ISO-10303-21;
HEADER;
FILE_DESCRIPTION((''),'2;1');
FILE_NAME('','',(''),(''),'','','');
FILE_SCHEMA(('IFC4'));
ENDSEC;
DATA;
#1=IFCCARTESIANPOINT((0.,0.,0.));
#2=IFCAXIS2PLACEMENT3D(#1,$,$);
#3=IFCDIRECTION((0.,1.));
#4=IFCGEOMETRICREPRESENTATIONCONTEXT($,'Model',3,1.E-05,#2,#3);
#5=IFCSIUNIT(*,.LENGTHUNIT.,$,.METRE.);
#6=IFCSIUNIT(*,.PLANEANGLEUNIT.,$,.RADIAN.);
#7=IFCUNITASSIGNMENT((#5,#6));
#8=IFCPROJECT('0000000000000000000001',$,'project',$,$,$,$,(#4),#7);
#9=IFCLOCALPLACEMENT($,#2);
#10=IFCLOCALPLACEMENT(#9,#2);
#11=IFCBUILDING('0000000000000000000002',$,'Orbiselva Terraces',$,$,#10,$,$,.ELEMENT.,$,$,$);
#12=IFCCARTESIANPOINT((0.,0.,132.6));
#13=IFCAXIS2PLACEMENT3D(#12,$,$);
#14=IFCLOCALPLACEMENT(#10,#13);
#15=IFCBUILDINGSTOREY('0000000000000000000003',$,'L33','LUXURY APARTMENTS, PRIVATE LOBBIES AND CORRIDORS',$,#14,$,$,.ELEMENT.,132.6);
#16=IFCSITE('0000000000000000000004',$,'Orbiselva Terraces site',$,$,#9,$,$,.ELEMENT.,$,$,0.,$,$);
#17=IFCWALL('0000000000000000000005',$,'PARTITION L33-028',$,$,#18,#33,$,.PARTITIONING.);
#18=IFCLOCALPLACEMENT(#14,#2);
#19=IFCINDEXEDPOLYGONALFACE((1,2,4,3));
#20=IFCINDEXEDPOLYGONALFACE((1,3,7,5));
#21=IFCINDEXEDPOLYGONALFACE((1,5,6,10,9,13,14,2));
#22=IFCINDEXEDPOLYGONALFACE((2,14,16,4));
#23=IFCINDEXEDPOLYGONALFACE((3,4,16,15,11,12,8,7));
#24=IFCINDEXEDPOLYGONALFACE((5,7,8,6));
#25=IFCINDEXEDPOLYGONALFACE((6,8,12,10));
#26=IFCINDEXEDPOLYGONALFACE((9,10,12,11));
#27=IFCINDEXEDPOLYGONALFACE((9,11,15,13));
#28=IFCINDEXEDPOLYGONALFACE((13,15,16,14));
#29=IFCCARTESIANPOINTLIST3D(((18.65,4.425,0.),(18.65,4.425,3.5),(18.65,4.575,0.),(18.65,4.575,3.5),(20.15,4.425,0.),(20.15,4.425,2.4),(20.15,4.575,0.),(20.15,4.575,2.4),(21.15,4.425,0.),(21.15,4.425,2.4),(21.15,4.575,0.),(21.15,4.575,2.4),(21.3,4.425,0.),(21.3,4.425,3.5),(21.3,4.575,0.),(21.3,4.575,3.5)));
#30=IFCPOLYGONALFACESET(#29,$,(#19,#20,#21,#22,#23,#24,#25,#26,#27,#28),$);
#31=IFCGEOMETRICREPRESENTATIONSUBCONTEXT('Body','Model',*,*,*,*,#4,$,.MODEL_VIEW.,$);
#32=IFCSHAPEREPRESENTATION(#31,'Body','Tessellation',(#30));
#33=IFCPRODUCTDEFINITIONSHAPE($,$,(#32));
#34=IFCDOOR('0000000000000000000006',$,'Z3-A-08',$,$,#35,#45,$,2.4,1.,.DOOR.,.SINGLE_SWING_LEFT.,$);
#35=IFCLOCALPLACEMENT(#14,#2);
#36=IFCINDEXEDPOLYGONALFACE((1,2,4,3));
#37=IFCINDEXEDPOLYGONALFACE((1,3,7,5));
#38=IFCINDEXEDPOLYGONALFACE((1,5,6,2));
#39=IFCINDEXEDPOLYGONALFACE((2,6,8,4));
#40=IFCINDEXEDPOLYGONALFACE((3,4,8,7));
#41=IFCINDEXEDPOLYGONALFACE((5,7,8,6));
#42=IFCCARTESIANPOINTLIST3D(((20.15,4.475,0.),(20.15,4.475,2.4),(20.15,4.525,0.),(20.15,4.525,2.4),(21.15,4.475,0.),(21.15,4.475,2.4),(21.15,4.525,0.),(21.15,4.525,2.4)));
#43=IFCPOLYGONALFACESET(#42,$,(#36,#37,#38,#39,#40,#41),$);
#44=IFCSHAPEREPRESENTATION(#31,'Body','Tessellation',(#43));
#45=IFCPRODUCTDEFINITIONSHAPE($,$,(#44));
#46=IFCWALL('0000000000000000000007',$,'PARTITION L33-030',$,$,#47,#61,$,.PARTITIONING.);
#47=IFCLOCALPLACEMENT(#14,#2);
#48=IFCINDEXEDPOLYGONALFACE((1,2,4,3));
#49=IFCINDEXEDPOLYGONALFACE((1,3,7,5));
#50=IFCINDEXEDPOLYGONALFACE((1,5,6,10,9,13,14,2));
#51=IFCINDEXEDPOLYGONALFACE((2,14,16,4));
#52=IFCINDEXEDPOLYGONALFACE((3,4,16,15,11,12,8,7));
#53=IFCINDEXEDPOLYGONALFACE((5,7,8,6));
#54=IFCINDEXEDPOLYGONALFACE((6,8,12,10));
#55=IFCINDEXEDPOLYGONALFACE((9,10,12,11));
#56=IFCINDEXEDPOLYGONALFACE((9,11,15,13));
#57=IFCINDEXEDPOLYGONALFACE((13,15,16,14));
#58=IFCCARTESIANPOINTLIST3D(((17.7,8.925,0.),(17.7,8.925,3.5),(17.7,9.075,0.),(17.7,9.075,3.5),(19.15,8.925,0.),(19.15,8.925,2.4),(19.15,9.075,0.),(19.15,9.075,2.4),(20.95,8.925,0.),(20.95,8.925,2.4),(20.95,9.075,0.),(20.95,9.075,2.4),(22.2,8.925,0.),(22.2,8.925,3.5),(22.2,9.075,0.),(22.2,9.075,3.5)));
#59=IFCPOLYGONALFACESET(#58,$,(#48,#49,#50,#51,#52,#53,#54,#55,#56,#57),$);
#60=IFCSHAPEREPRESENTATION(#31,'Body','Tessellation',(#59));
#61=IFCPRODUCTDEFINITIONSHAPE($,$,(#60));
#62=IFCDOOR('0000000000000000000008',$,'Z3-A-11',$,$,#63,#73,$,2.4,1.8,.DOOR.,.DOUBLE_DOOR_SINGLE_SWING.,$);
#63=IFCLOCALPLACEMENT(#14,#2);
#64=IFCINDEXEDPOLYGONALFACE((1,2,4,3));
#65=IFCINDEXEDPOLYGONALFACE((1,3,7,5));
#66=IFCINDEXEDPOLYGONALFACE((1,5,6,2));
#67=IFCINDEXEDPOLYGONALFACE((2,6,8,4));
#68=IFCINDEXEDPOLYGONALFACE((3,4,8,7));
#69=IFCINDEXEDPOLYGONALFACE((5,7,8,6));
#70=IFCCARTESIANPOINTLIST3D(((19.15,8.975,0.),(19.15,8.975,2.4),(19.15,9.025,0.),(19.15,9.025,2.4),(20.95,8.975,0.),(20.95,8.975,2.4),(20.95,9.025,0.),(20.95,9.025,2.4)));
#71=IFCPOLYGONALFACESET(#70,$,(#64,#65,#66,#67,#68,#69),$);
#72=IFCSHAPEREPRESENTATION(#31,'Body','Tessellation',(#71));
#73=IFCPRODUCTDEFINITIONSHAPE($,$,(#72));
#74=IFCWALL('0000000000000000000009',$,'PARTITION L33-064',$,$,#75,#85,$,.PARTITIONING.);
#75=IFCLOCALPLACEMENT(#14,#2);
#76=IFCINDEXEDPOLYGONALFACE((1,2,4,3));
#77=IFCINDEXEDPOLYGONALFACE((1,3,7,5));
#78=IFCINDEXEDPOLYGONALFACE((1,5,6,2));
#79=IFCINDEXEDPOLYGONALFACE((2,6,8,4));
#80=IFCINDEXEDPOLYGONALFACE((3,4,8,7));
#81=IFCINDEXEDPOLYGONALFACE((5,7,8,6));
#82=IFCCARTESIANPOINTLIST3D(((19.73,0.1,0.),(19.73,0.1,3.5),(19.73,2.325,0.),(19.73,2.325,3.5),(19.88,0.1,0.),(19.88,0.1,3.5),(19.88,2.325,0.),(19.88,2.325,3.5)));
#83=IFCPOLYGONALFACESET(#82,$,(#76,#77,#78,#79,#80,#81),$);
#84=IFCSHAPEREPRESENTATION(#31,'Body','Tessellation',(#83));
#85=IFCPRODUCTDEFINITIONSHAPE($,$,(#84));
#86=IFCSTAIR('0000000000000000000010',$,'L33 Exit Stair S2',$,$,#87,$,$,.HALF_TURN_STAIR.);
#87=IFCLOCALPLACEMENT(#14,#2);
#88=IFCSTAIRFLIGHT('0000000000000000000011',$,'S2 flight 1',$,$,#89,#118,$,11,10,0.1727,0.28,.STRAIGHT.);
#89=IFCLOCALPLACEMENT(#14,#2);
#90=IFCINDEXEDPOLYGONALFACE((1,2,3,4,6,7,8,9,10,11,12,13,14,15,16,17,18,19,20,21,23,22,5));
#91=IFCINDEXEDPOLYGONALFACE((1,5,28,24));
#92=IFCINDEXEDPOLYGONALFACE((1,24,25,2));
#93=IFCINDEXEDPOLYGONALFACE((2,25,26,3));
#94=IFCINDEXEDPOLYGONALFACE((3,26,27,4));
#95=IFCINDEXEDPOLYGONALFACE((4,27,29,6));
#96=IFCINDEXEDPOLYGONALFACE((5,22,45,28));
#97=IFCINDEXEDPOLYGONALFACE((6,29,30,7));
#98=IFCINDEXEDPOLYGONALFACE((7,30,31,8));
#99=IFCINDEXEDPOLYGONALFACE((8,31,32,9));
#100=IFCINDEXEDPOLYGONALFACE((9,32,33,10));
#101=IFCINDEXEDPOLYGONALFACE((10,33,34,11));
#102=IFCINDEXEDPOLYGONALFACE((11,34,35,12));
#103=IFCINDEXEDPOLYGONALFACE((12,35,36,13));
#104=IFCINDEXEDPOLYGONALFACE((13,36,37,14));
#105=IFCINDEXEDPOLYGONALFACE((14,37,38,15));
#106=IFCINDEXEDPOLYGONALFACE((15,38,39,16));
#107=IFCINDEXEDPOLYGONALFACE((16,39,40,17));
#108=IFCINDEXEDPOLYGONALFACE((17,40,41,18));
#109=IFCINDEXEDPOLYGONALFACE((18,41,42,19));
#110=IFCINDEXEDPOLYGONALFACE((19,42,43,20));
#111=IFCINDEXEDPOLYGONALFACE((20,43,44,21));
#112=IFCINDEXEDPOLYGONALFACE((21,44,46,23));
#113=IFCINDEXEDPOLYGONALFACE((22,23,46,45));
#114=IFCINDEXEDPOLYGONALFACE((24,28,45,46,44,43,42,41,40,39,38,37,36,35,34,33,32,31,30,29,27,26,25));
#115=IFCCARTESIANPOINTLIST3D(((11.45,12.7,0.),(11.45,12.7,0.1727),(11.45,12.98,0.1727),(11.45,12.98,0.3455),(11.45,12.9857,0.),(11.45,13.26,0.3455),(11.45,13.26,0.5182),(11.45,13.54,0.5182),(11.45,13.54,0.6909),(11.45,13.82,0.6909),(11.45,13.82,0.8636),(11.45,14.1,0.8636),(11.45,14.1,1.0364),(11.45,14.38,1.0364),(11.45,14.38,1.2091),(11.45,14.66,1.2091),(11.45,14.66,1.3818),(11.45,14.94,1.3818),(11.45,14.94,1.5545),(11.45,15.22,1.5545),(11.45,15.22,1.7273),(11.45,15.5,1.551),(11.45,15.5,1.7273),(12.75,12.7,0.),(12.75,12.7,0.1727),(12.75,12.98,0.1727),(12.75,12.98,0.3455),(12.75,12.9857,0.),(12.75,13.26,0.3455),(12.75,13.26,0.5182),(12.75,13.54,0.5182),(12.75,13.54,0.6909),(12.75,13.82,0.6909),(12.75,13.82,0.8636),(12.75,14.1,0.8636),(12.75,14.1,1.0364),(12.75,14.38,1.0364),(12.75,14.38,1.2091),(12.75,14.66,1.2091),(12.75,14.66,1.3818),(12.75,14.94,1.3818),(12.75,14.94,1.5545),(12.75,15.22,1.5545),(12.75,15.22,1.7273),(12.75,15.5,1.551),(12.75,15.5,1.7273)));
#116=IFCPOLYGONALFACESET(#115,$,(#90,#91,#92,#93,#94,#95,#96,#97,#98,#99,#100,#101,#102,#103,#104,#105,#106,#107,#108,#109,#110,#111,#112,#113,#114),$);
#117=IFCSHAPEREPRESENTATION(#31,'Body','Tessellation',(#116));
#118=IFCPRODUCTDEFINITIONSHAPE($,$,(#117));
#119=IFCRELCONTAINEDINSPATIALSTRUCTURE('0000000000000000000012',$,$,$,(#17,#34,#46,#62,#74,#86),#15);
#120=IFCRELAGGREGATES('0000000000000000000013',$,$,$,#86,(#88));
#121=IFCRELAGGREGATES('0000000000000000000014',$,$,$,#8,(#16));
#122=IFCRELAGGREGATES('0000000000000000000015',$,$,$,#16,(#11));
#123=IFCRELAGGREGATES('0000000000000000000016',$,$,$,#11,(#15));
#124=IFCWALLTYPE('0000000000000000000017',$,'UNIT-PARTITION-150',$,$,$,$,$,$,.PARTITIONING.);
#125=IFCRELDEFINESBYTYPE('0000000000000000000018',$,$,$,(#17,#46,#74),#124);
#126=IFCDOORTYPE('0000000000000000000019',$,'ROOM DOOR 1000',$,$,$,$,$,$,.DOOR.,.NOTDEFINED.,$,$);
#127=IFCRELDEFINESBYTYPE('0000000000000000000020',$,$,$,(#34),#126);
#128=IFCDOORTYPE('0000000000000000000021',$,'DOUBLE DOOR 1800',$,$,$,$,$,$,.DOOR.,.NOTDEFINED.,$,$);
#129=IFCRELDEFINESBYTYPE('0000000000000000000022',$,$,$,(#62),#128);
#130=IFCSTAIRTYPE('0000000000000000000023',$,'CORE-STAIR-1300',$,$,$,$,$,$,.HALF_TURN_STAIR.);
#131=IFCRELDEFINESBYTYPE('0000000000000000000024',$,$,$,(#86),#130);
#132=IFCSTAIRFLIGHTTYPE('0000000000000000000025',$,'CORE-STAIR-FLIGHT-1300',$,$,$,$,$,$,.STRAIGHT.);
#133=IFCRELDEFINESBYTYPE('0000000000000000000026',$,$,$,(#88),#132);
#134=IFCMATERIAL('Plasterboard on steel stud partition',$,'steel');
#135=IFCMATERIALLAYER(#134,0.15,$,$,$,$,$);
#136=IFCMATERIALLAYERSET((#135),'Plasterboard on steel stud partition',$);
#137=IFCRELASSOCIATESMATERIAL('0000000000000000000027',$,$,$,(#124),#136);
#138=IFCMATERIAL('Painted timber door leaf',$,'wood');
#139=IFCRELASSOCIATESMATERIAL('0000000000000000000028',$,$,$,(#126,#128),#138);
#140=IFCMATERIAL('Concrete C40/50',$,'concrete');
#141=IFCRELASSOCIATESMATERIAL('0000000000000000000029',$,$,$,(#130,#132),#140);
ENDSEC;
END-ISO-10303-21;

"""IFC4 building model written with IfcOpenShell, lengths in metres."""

from ifc_helpers import new_model, si_unit, direction, frame, frame_2d, origin, place, context, subcontext, project, spatial, polyline, rectangle, outline, extrude, material, layer, layer_set, type_object, element, fill, aggregate, save


model = new_model("IFC4")

# Units and contexts
model_context = context("Model", 3, precision=1e-05, world=origin(), true_north=direction((0.0, 1.0)))
body_context = subcontext(model_context, "Body", "Model", "MODEL_VIEW")
ifc_project = project(units=[si_unit("LENGTHUNIT", "METRE"), si_unit("PLANEANGLEUNIT", "RADIAN")], contexts=[model_context])

# Site, building, storey
site_placement = place(None, origin())
site = spatial("IfcSite", under=ifc_project, at=site_placement, Name="Orbiselva Terraces site", CompositionType="ELEMENT", RefElevation=0.0)
building_placement = place(site_placement, origin())
building = spatial("IfcBuilding", under=site, at=building_placement, Name="Orbiselva Terraces", CompositionType="ELEMENT")
storey_placement = place(building_placement, frame((0.0, 0.0, 132.6)))
storey = spatial("IfcBuildingStorey", under=building, at=storey_placement, Name="L33", Description="LUXURY APARTMENTS, PRIVATE LOBBIES AND CORRIDORS", CompositionType="ELEMENT", Elevation=132.6)

# Walls, openings, doors
ifc_material_1 = material(Name="Plasterboard on steel stud partition", Category="steel")
ifc_material_2 = material(Name="Painted timber door leaf", Category="wood")
ifc_layer_1 = layer(ifc_material_1, 0.15)
ifc_layer_set_1 = layer_set([ifc_layer_1], Name="Plasterboard on steel stud partition")
wall_type_1 = type_object("IfcWallType", Name="UNIT-PARTITION-150", PredefinedType="PARTITIONING", material=ifc_layer_set_1)
wall_1_placement = place(storey_placement, frame((21.3, 4.5, 0.0), z_axis=(0.0, 0.0, 1.0), x_axis=(-1.0, 0.0, 0.0)))
wall_1 = element("IfcWall", 1, at=wall_1_placement, inside=storey, type_object=wall_type_1, Name="PARTITION L33-028", PredefinedType="PARTITIONING", context=body_context, shape_type="SweptSolid", body=[
    extrude(rectangle(XDim=2.65, YDim=0.15, at=frame_2d((1.325, 0.0))), origin(), (0.0, 0.0, 1.0), 3.5),
])
opening_1_placement = place(wall_1_placement, frame((0.15, 0.0, 0.0)))
opening_1 = element("IfcOpeningElement", 2, at=opening_1_placement, cuts=wall_1, PredefinedType="OPENING", context=body_context, shape_type="SweptSolid", body=[
    extrude(rectangle(XDim=1.0, YDim=2.4, at=frame_2d((0.5, 1.2))), frame((0.0, 0.085, 0.0), z_axis=(0.0, -1.0, 0.0), x_axis=(1.0, 0.0, 0.0)), (0.0, 0.0, 1.0), 0.17),
])
door_type_1 = type_object("IfcDoorType", Name="ROOM DOOR 1000", OperationType="NOTDEFINED", PredefinedType="DOOR", material=ifc_material_2)
door_1_placement = place(opening_1_placement, origin())
door_1 = element("IfcDoor", 3, at=door_1_placement, inside=storey, type_object=door_type_1, Name="Z3-A-08", OperationType="SINGLE_SWING_LEFT", OverallHeight=2.4, OverallWidth=1.0, PredefinedType="DOOR", context=body_context, shape_type="SweptSolid", body=[
    extrude(rectangle(XDim=1.0, YDim=2.4, at=frame_2d((0.5, 1.2))), frame((0.0, 0.025, 0.0), z_axis=(0.0, -1.0, 0.0), x_axis=(1.0, 0.0, 0.0)), (0.0, 0.0, 1.0), 0.05),
])
fill(opening_1, door_1)
wall_2_placement = place(storey_placement, frame((17.7, 9.0, 0.0), z_axis=(0.0, 0.0, 1.0), x_axis=(1.0, 0.0, 0.0)))
wall_2 = element("IfcWall", 4, at=wall_2_placement, inside=storey, type_object=wall_type_1, Name="PARTITION L33-030", PredefinedType="PARTITIONING", context=body_context, shape_type="SweptSolid", body=[
    extrude(rectangle(XDim=4.5, YDim=0.15, at=frame_2d((2.25, 0.0))), origin(), (0.0, 0.0, 1.0), 3.5),
])
opening_2_placement = place(wall_2_placement, frame((1.45, 0.0, 0.0)))
opening_2 = element("IfcOpeningElement", 5, at=opening_2_placement, cuts=wall_2, PredefinedType="OPENING", context=body_context, shape_type="SweptSolid", body=[
    extrude(rectangle(XDim=1.8, YDim=2.4, at=frame_2d((0.9, 1.2))), frame((0.0, 0.085, 0.0), z_axis=(0.0, -1.0, 0.0), x_axis=(1.0, 0.0, 0.0)), (0.0, 0.0, 1.0), 0.17),
])
door_type_2 = type_object("IfcDoorType", Name="DOUBLE DOOR 1800", OperationType="NOTDEFINED", PredefinedType="DOOR", material=ifc_material_2)
door_2_placement = place(opening_2_placement, origin())
door_2 = element("IfcDoor", 6, at=door_2_placement, inside=storey, type_object=door_type_2, Name="Z3-A-11", OperationType="DOUBLE_DOOR_SINGLE_SWING", OverallHeight=2.4, OverallWidth=1.8, PredefinedType="DOOR", context=body_context, shape_type="SweptSolid", body=[
    extrude(rectangle(XDim=1.8, YDim=2.4, at=frame_2d((0.9, 1.2))), frame((0.0, 0.025, 0.0), z_axis=(0.0, -1.0, 0.0), x_axis=(1.0, 0.0, 0.0)), (0.0, 0.0, 1.0), 0.05),
])
fill(opening_2, door_2)

# Wall
wall_3_placement = place(storey_placement, frame((19.805, 0.1, 0.0), z_axis=(0.0, 0.0, 1.0), x_axis=(0.0, 1.0, 0.0)))
element("IfcWall", 7, at=wall_3_placement, inside=storey, type_object=wall_type_1, Name="PARTITION L33-064", PredefinedType="PARTITIONING", context=body_context, shape_type="SweptSolid", body=[
    extrude(rectangle(XDim=2.225, YDim=0.15, at=frame_2d((1.1125, 0.0))), origin(), (0.0, 0.0, 1.0), 3.5),
])

# Stair, stair flight
ifc_material_3 = material(Name="Concrete C40/50", Category="concrete")
stair_type = type_object("IfcStairType", Name="CORE-STAIR-1300", PredefinedType="HALF_TURN_STAIR", material=ifc_material_3)
stair_placement = place(storey_placement, origin())
stair = element("IfcStair", 8, at=stair_placement, inside=storey, type_object=stair_type, Name="L33 Exit Stair S2", PredefinedType="HALF_TURN_STAIR")
stair_flight_type = type_object("IfcStairFlightType", Name="CORE-STAIR-FLIGHT-1300", PredefinedType="STRAIGHT", material=ifc_material_3)
stair_flight_placement = place(storey_placement, frame((12.1, 12.7, 0.0), z_axis=(0.0, 0.0, 1.0), x_axis=(0.0, 1.0, 0.0)))
stair_flight = element("IfcStairFlight", 9, at=stair_flight_placement, type_object=stair_flight_type, Name="S2 flight 1", NumberOfRisers=11, NumberOfTreads=10, PredefinedType="STRAIGHT", RiserHeight=0.1727, TreadLength=0.28, context=body_context, shape_type="SweptSolid", body=[
    extrude(outline(polyline([(0.0, 0.0), (0.0, 0.1727), (0.28, 0.1727), (0.28, 0.3455), (0.56, 0.3455), (0.56, 0.5182), (0.84, 0.5182), (0.84, 0.6909), (1.12, 0.6909), (1.12, 0.8636), (1.4, 0.8636), (1.4, 1.0364), (1.68, 1.0364), (1.68, 1.2091), (1.96, 1.2091), (1.96, 1.3818), (2.24, 1.3818), (2.24, 1.5545), (2.52, 1.5545), (2.52, 1.7273), (2.8, 1.7273), (2.8, 1.9), (2.8, 1.551), (0.2857, 0.0), (0.0, 0.0)])), frame((0.0, 0.65, 0.0), z_axis=(0.0, -1.0, 0.0), x_axis=(1.0, 0.0, 0.0)), (0.0, 0.0, 1.0), 1.3),
])
aggregate(stair, [stair_flight])

save(model, "model.ifc")
